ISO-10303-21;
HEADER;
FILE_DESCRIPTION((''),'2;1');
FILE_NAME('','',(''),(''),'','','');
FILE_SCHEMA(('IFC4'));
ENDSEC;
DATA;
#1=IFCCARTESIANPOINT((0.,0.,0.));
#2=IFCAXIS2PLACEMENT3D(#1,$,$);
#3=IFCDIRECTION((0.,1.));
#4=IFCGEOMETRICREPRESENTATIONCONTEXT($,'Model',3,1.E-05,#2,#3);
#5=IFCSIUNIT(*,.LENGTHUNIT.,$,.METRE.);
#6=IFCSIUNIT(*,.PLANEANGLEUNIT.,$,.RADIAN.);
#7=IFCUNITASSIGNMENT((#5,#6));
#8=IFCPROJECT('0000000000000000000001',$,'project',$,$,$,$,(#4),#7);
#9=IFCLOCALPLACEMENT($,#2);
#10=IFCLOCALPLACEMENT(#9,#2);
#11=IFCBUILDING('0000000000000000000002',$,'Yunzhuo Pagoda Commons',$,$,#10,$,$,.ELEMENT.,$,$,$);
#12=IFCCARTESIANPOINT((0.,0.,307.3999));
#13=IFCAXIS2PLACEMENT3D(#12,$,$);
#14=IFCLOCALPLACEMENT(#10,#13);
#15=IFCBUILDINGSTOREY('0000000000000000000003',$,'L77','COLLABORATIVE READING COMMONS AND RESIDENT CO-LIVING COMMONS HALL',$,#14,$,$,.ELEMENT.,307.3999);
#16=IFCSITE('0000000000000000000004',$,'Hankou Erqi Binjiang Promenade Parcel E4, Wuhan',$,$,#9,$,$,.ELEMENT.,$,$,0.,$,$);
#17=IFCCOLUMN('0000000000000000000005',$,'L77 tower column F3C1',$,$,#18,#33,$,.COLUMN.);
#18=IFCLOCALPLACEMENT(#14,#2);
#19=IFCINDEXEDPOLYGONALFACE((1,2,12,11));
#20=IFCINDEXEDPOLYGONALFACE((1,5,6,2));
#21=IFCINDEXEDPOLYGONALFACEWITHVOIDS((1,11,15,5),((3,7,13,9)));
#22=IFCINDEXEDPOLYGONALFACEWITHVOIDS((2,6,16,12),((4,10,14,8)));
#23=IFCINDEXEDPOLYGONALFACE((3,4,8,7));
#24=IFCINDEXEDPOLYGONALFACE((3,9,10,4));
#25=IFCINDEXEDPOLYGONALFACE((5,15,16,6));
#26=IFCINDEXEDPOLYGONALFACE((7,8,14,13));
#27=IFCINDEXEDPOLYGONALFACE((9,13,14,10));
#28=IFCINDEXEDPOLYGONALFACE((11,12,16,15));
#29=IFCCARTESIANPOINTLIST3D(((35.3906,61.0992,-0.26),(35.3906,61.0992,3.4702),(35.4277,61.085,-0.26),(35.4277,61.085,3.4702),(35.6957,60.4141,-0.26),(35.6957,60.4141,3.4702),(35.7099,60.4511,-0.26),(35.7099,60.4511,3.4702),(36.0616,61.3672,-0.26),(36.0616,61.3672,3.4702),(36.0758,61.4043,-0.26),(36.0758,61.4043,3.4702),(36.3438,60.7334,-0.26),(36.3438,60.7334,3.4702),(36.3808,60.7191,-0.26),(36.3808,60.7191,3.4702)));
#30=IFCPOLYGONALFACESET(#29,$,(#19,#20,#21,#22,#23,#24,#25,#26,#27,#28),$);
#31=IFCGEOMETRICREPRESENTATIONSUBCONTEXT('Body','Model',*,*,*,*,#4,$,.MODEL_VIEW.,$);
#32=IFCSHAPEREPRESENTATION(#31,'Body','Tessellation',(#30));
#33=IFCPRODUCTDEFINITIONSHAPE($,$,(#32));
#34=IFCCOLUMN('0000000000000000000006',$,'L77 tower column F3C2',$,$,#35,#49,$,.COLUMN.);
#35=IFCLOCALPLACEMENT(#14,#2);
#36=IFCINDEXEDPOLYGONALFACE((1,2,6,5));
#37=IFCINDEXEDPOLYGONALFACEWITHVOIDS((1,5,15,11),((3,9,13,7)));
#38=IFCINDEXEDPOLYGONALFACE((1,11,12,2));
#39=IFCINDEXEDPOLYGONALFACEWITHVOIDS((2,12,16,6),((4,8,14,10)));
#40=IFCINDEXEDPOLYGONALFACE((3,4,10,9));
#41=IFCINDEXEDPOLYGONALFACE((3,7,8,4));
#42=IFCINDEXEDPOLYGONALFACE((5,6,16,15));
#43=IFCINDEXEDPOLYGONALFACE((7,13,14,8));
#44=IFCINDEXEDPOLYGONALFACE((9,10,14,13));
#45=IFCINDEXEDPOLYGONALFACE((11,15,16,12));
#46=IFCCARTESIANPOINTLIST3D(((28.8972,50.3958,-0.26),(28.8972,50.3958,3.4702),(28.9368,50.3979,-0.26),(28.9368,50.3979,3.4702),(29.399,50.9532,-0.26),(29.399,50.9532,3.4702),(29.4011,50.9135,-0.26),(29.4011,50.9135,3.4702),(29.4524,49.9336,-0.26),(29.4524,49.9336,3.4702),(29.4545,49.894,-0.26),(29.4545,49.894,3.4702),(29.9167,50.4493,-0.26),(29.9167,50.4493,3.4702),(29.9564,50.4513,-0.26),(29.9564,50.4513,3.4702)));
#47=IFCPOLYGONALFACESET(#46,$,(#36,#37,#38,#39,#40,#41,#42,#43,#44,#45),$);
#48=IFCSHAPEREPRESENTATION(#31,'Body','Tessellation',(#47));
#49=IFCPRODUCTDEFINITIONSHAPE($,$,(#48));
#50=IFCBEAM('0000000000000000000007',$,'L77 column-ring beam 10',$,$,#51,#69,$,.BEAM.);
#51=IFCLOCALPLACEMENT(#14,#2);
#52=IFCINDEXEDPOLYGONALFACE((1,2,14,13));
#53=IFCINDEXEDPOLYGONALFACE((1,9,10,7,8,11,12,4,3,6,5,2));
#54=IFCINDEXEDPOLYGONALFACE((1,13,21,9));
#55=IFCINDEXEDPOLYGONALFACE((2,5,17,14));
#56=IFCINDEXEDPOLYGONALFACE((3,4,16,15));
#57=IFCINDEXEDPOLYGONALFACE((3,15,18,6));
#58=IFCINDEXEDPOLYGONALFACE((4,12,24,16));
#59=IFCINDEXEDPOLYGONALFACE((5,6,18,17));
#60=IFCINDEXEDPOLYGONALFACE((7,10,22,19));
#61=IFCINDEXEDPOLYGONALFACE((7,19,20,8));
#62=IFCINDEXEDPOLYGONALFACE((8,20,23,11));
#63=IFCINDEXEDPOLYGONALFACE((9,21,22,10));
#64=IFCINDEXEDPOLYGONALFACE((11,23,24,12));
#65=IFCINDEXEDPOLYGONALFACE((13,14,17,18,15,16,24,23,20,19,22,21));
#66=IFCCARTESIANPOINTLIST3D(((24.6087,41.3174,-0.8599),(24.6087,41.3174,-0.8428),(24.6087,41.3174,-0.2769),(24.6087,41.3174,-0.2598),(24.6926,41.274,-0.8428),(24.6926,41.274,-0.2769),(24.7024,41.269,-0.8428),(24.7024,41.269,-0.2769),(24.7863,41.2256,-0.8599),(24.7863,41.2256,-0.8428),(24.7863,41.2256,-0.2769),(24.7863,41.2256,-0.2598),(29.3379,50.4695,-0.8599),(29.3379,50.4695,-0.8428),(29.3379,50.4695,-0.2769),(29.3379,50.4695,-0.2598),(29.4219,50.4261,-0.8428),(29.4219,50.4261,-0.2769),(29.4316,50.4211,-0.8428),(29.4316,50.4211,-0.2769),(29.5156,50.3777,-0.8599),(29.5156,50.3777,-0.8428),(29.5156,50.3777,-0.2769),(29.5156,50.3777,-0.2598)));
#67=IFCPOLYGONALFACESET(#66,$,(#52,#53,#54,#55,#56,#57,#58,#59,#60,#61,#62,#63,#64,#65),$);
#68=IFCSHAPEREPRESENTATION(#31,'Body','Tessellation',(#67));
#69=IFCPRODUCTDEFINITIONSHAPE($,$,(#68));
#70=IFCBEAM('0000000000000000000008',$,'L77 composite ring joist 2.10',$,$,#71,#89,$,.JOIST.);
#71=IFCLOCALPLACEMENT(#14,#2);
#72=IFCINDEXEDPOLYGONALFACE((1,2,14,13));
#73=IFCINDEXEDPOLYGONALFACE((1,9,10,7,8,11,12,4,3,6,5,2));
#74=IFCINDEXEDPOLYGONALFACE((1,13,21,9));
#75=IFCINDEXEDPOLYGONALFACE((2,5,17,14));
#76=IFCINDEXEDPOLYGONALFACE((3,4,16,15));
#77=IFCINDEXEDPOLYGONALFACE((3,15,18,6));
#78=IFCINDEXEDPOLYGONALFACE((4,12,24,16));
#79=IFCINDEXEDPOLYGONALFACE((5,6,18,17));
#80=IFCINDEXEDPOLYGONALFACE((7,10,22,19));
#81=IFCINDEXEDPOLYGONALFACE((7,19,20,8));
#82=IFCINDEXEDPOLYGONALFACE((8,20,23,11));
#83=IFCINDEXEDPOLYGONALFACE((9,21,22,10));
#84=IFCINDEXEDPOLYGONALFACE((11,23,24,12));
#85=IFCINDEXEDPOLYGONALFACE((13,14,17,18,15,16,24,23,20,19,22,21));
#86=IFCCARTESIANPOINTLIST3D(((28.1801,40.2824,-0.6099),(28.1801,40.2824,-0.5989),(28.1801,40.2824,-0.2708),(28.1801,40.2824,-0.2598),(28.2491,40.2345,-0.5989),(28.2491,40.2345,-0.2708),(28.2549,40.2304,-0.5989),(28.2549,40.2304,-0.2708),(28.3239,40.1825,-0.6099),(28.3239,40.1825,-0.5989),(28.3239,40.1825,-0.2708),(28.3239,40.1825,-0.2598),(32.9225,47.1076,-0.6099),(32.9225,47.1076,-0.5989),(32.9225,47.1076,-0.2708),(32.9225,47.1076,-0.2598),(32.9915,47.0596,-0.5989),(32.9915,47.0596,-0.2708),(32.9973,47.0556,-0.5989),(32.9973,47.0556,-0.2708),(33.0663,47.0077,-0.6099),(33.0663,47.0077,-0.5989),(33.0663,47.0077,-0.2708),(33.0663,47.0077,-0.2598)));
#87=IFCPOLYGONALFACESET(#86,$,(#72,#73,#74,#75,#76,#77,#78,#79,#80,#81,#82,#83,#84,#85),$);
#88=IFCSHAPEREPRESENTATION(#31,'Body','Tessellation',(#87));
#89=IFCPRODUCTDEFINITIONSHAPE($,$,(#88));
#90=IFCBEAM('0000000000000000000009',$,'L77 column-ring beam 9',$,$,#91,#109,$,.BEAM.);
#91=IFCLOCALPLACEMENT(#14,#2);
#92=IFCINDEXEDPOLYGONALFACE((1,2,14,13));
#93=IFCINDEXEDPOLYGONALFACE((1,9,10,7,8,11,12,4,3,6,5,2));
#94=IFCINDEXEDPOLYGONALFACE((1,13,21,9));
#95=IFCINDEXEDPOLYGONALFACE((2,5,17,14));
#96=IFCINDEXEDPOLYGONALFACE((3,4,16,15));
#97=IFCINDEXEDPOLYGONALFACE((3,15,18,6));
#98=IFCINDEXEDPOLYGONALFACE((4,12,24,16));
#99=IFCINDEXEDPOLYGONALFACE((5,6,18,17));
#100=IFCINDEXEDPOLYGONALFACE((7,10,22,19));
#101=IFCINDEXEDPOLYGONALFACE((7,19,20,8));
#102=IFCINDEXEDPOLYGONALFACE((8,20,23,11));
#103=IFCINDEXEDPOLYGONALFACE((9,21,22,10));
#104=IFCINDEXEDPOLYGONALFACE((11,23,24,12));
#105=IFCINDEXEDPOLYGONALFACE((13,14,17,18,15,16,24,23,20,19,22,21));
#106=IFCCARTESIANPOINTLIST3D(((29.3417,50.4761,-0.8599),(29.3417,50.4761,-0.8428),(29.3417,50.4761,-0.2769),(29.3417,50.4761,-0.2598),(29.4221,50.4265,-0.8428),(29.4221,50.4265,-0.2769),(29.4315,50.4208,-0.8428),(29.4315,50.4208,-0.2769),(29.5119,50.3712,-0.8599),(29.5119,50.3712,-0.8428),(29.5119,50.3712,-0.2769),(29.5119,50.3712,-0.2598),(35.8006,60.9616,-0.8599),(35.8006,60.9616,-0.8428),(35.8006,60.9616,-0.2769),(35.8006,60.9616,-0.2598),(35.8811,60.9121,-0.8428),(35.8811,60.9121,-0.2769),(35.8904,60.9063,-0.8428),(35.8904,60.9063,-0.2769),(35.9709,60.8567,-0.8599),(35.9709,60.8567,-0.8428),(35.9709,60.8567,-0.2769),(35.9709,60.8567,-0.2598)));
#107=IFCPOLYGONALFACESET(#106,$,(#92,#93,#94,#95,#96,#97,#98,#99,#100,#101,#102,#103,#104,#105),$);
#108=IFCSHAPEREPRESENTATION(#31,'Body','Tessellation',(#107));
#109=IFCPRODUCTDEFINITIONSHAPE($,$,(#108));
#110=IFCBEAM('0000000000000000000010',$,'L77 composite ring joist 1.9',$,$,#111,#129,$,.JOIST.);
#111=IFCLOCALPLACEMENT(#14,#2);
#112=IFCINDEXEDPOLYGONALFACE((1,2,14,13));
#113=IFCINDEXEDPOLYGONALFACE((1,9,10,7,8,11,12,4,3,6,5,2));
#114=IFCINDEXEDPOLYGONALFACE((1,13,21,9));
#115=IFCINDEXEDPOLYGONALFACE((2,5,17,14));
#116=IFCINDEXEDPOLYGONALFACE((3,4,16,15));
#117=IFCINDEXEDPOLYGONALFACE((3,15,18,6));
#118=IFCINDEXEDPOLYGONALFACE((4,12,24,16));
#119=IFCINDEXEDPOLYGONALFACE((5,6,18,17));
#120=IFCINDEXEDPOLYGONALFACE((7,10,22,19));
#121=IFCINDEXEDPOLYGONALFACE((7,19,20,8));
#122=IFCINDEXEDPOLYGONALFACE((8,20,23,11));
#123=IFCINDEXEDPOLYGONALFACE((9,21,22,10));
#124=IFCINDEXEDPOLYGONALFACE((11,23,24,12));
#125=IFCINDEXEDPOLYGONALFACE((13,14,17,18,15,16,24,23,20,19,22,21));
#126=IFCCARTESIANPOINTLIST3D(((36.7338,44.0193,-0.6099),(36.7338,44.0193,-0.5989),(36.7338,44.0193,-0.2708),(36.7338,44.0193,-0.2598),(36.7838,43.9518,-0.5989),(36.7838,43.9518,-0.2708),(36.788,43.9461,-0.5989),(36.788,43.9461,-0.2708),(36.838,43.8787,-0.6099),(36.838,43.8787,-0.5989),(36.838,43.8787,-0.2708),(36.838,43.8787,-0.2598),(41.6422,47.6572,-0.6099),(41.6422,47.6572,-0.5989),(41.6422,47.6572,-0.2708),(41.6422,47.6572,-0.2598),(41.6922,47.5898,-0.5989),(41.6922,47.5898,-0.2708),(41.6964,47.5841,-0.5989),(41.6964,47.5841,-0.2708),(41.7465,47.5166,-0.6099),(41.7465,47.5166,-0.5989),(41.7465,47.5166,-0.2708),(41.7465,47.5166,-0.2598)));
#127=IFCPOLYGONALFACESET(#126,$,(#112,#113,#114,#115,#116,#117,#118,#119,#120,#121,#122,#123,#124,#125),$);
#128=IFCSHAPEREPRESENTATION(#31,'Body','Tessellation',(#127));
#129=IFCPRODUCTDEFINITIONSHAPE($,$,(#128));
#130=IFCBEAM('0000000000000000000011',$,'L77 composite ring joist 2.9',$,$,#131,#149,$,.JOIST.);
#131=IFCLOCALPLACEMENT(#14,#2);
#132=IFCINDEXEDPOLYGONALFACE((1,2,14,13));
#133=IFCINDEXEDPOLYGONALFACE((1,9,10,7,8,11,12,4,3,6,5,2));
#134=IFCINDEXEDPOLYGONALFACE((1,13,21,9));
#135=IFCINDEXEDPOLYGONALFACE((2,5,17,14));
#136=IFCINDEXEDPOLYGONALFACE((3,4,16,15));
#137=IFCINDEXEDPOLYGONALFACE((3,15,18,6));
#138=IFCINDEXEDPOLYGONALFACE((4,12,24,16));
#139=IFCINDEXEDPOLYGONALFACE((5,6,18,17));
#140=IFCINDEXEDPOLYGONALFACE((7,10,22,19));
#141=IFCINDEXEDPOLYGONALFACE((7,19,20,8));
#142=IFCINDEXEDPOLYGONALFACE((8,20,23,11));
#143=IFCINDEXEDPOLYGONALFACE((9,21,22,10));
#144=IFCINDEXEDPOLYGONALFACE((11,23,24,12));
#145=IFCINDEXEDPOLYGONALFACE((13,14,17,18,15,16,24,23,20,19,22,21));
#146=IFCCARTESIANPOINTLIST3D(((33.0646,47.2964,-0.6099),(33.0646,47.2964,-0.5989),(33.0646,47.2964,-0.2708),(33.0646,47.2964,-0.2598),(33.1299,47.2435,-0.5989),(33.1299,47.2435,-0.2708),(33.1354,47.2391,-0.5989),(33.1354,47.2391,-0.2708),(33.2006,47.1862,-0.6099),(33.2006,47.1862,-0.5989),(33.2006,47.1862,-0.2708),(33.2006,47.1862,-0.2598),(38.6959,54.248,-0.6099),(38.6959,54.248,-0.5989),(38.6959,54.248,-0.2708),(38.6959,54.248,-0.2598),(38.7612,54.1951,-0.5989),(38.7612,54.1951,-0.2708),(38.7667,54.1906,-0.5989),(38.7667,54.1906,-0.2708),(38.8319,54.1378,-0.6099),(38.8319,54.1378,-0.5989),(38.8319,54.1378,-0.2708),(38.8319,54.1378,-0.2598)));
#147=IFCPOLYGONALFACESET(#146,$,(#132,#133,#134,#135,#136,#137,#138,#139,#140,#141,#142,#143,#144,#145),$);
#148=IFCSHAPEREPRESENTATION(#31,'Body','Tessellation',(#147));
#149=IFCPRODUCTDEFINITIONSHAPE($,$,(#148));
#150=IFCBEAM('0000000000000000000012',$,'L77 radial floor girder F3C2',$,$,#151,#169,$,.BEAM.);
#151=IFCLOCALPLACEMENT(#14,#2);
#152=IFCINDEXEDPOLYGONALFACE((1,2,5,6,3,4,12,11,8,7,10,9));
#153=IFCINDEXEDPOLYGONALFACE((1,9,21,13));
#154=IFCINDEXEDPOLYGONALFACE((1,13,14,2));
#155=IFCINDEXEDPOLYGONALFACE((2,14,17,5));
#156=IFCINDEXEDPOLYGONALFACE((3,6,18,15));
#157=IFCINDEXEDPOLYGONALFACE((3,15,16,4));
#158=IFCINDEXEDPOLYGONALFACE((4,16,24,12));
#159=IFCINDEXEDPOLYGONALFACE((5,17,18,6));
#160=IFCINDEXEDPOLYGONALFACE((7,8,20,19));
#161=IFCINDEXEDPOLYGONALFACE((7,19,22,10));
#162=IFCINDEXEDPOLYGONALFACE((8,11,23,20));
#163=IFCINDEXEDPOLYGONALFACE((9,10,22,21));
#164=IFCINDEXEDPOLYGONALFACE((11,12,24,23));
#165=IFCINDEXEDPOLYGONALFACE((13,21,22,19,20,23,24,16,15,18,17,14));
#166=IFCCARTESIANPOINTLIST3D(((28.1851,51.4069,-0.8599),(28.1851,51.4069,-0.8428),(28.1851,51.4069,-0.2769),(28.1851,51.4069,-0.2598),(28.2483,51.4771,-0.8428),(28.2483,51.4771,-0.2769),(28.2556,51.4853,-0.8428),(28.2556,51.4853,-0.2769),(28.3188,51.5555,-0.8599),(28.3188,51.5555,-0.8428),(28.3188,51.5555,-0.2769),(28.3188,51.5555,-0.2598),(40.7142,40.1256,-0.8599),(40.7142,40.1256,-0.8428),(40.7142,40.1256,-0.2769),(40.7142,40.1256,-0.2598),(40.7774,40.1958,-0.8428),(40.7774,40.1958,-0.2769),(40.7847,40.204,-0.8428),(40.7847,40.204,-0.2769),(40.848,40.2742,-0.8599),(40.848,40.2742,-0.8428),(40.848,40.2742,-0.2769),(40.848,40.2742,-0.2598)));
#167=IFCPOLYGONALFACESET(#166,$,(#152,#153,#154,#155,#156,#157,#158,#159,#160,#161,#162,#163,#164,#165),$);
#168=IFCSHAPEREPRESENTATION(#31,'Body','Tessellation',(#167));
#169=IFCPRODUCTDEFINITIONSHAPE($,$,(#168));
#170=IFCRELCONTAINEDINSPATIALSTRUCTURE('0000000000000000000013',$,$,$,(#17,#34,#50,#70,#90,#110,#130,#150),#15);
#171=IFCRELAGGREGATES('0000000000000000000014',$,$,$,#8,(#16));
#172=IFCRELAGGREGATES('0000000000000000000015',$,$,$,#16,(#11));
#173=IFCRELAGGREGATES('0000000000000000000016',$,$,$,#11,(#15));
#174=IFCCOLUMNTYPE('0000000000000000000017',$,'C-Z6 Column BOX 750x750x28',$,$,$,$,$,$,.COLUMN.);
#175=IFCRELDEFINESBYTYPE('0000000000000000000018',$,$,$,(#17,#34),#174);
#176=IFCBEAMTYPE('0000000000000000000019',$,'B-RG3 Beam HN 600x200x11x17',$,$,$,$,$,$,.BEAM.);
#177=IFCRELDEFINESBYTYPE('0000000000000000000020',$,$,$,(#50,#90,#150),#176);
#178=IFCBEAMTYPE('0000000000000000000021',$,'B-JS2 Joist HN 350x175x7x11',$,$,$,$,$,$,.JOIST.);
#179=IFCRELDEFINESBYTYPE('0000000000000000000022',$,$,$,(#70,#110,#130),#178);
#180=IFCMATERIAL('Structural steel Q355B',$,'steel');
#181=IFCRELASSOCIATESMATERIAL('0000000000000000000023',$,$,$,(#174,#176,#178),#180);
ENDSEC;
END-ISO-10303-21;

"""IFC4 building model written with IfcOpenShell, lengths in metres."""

from ifc_helpers import new_model, si_unit, direction, frame, origin, origin_2d, place, context, subcontext, project, spatial, hollow_rectangle, i_section, extrude, source, transform, mapped, material, material_profile, profile_set, type_object, element, save


model = new_model("IFC4")

# Units and contexts
model_context = context("Model", 3, precision=1e-05, world=origin(), true_north=direction((0.0, 1.0)))
body_context = subcontext(model_context, "Body", "Model", "MODEL_VIEW")
ifc_project = project(units=[si_unit("LENGTHUNIT", "METRE"), si_unit("PLANEANGLEUNIT", "RADIAN")], contexts=[model_context])

# Site, building, storey
site_placement = place(None, origin())
site = spatial("IfcSite", under=ifc_project, at=site_placement, Name="Hankou Erqi Binjiang Promenade Parcel E4, Wuhan", CompositionType="ELEMENT", RefElevation=0.0)
building_placement = place(site_placement, origin())
building = spatial("IfcBuilding", under=site, at=building_placement, Name="Yunzhuo Pagoda Commons", CompositionType="ELEMENT")
storey_placement = place(building_placement, frame((0.0, 0.0, 307.3999)))
storey = spatial("IfcBuildingStorey", under=building, at=storey_placement, Name="L77", Description="COLLABORATIVE READING COMMONS AND RESIDENT CO-LIVING COMMONS HALL", CompositionType="ELEMENT", Elevation=307.3999)

# Columns
ifc_material_1 = material(Name="Structural steel Q355B", Category="steel")
ifc_material_profile_1 = material_profile(ifc_material_1, hollow_rectangle(XDim=0.75, YDim=0.75, WallThickness=0.0281, at=origin_2d()), Name="Structural steel Q355B")
ifc_profile_set_1 = profile_set([ifc_material_profile_1], Name="Structural steel Q355B")
column_type = type_object("IfcColumnType", Name="C-Z6 Column BOX 750x750x28", PredefinedType="COLUMN", material=ifc_profile_set_1)
shared_shape_1 = source(origin(), body_context, "Body", "SweptSolid", [
    extrude(hollow_rectangle(XDim=0.75, YDim=0.75, WallThickness=0.0281, at=origin_2d()), origin(), (0.0, 0.0, 1.0), 3.7302),
])
for number, where, z_axis, x_axis, name in (
    (1, (35.8857, 60.9092, -0.26), (0.0, 0.0, 1.0), (-0.913545, -0.406737, 0.0), "L77 tower column F3C1"),
    (2, (29.4268, 50.4236, -0.26), (0.0, 0.0, 1.0), (-0.669131, -0.743145, 0.0), "L77 tower column F3C2"),
):
    element("IfcColumn", number, at=place(storey_placement, frame(where, z_axis=z_axis, x_axis=x_axis)), inside=storey, type_object=column_type, Name=name, PredefinedType="COLUMN", context=body_context, shape_type="MappedRepresentation", body=[
        mapped(shared_shape_1, transform((0.0, 0.0, 0.0), scale=1.0)),
    ])

# Beams
ifc_material_profile_2 = material_profile(ifc_material_1, i_section(OverallWidth=0.2, OverallDepth=0.6001, WebThickness=0.011, FlangeThickness=0.0171, at=origin_2d()), Name="Structural steel Q355B")
ifc_profile_set_2 = profile_set([ifc_material_profile_2], Name="Structural steel Q355B")
beam_type_1 = type_object("IfcBeamType", Name="B-RG3 Beam HN 600x200x11x17", PredefinedType="BEAM", material=ifc_profile_set_2)
shared_shape_2 = source(origin(), body_context, "Body", "SweptSolid", [
    extrude(i_section(OverallWidth=0.2, OverallDepth=0.6001, WebThickness=0.011, FlangeThickness=0.0171, at=origin_2d()), origin(), (0.0, 0.0, 1.0), 10.3018),
])
beam_1_placement = place(storey_placement, frame((29.4268, 50.4236, -0.5598), z_axis=(-0.459071, -0.8884, 0.0), x_axis=(0.8884, -0.459071, 0.0)))
element("IfcBeam", 3, at=beam_1_placement, inside=storey, type_object=beam_type_1, Name="L77 column-ring beam 10", PredefinedType="BEAM", context=body_context, shape_type="MappedRepresentation", body=[
    mapped(shared_shape_2, transform((0.0, 0.0, 0.0), scale=1.0)),
])
ifc_material_profile_3 = material_profile(ifc_material_1, i_section(OverallWidth=0.175, OverallDepth=0.3501, WebThickness=0.0071, FlangeThickness=0.011, at=origin_2d()), Name="Structural steel Q355B")
ifc_profile_set_3 = profile_set([ifc_material_profile_3], Name="Structural steel Q355B")
beam_type_2 = type_object("IfcBeamType", Name="B-JS2 Joist HN 350x175x7x11", PredefinedType="JOIST", material=ifc_profile_set_3)
shared_shape_3 = source(origin(), body_context, "Body", "SweptSolid", [
    extrude(i_section(OverallWidth=0.175, OverallDepth=0.3501, WebThickness=0.0071, FlangeThickness=0.011, at=origin_2d()), origin(), (0.0, 0.0, 1.0), 8.311),
])
beam_2_placement = place(storey_placement, frame((32.9944, 47.0576, -0.4348), z_axis=(-0.570616, -0.821217, 0.0), x_axis=(0.821217, -0.570616, 0.0)))
element("IfcBeam", 4, at=beam_2_placement, inside=storey, type_object=beam_type_2, Name="L77 composite ring joist 2.10", PredefinedType="JOIST", context=body_context, shape_type="MappedRepresentation", body=[
    mapped(shared_shape_3, transform((0.0, 0.0, 0.0), scale=1.0)),
])
shared_shape_4 = source(origin(), body_context, "Body", "SweptSolid", [
    extrude(i_section(OverallWidth=0.2, OverallDepth=0.6001, WebThickness=0.011, FlangeThickness=0.0171, at=origin_2d()), origin(), (0.0, 0.0, 1.0), 12.3152),
])
beam_3_placement = place(storey_placement, frame((35.8857, 60.9092, -0.5598), z_axis=(-0.524469, -0.85143, 0.0), x_axis=(0.85143, -0.524469, 0.0)))
element("IfcBeam", 5, at=beam_3_placement, inside=storey, type_object=beam_type_1, Name="L77 column-ring beam 9", PredefinedType="BEAM", context=body_context, shape_type="MappedRepresentation", body=[
    mapped(shared_shape_4, transform((0.0, 0.0, 0.0), scale=1.0)),
])
shared_shape_5 = source(origin(), body_context, "Body", "SweptSolid", [
    extrude(i_section(OverallWidth=0.175, OverallDepth=0.3501, WebThickness=0.0071, FlangeThickness=0.011, at=origin_2d()), origin(), (0.0, 0.0, 1.0), 6.1096),
])
beam_4_placement = place(storey_placement, frame((41.6943, 47.5869, -0.4348), z_axis=(-0.803396, -0.595444, 0.0), x_axis=(0.595444, -0.803396, 0.0)))
element("IfcBeam", 6, at=beam_4_placement, inside=storey, type_object=beam_type_2, Name="L77 composite ring joist 1.9", PredefinedType="JOIST", context=body_context, shape_type="MappedRepresentation", body=[
    mapped(shared_shape_5, transform((0.0, 0.0, 0.0), scale=1.0)),
])
shared_shape_6 = source(origin(), body_context, "Body", "SweptSolid", [
    extrude(i_section(OverallWidth=0.175, OverallDepth=0.3501, WebThickness=0.0071, FlangeThickness=0.011, at=origin_2d()), origin(), (0.0, 0.0, 1.0), 8.9463),
])
beam_5_placement = place(storey_placement, frame((38.7639, 54.1929, -0.4348), z_axis=(-0.629456, -0.777036, 0.0), x_axis=(0.777036, -0.629456, 0.0)))
element("IfcBeam", 7, at=beam_5_placement, inside=storey, type_object=beam_type_2, Name="L77 composite ring joist 2.9", PredefinedType="JOIST", context=body_context, shape_type="MappedRepresentation", body=[
    mapped(shared_shape_6, transform((0.0, 0.0, 0.0), scale=1.0)),
])
shared_shape_7 = source(origin(), body_context, "Body", "SweptSolid", [
    extrude(i_section(OverallWidth=0.2, OverallDepth=0.6001, WebThickness=0.011, FlangeThickness=0.0171, at=origin_2d()), origin(), (0.0, 0.0, 1.0), 16.8596),
])
beam_6_placement = place(storey_placement, frame((28.252, 51.4812, -0.5598), z_axis=(0.743144, -0.669132, 0.0), x_axis=(0.669132, 0.743144, 0.0)))
element("IfcBeam", 8, at=beam_6_placement, inside=storey, type_object=beam_type_1, Name="L77 radial floor girder F3C2", PredefinedType="BEAM", context=body_context, shape_type="MappedRepresentation", body=[
    mapped(shared_shape_7, transform((0.0, 0.0, 0.0), scale=1.0)),
])

save(model, "model.ifc")
